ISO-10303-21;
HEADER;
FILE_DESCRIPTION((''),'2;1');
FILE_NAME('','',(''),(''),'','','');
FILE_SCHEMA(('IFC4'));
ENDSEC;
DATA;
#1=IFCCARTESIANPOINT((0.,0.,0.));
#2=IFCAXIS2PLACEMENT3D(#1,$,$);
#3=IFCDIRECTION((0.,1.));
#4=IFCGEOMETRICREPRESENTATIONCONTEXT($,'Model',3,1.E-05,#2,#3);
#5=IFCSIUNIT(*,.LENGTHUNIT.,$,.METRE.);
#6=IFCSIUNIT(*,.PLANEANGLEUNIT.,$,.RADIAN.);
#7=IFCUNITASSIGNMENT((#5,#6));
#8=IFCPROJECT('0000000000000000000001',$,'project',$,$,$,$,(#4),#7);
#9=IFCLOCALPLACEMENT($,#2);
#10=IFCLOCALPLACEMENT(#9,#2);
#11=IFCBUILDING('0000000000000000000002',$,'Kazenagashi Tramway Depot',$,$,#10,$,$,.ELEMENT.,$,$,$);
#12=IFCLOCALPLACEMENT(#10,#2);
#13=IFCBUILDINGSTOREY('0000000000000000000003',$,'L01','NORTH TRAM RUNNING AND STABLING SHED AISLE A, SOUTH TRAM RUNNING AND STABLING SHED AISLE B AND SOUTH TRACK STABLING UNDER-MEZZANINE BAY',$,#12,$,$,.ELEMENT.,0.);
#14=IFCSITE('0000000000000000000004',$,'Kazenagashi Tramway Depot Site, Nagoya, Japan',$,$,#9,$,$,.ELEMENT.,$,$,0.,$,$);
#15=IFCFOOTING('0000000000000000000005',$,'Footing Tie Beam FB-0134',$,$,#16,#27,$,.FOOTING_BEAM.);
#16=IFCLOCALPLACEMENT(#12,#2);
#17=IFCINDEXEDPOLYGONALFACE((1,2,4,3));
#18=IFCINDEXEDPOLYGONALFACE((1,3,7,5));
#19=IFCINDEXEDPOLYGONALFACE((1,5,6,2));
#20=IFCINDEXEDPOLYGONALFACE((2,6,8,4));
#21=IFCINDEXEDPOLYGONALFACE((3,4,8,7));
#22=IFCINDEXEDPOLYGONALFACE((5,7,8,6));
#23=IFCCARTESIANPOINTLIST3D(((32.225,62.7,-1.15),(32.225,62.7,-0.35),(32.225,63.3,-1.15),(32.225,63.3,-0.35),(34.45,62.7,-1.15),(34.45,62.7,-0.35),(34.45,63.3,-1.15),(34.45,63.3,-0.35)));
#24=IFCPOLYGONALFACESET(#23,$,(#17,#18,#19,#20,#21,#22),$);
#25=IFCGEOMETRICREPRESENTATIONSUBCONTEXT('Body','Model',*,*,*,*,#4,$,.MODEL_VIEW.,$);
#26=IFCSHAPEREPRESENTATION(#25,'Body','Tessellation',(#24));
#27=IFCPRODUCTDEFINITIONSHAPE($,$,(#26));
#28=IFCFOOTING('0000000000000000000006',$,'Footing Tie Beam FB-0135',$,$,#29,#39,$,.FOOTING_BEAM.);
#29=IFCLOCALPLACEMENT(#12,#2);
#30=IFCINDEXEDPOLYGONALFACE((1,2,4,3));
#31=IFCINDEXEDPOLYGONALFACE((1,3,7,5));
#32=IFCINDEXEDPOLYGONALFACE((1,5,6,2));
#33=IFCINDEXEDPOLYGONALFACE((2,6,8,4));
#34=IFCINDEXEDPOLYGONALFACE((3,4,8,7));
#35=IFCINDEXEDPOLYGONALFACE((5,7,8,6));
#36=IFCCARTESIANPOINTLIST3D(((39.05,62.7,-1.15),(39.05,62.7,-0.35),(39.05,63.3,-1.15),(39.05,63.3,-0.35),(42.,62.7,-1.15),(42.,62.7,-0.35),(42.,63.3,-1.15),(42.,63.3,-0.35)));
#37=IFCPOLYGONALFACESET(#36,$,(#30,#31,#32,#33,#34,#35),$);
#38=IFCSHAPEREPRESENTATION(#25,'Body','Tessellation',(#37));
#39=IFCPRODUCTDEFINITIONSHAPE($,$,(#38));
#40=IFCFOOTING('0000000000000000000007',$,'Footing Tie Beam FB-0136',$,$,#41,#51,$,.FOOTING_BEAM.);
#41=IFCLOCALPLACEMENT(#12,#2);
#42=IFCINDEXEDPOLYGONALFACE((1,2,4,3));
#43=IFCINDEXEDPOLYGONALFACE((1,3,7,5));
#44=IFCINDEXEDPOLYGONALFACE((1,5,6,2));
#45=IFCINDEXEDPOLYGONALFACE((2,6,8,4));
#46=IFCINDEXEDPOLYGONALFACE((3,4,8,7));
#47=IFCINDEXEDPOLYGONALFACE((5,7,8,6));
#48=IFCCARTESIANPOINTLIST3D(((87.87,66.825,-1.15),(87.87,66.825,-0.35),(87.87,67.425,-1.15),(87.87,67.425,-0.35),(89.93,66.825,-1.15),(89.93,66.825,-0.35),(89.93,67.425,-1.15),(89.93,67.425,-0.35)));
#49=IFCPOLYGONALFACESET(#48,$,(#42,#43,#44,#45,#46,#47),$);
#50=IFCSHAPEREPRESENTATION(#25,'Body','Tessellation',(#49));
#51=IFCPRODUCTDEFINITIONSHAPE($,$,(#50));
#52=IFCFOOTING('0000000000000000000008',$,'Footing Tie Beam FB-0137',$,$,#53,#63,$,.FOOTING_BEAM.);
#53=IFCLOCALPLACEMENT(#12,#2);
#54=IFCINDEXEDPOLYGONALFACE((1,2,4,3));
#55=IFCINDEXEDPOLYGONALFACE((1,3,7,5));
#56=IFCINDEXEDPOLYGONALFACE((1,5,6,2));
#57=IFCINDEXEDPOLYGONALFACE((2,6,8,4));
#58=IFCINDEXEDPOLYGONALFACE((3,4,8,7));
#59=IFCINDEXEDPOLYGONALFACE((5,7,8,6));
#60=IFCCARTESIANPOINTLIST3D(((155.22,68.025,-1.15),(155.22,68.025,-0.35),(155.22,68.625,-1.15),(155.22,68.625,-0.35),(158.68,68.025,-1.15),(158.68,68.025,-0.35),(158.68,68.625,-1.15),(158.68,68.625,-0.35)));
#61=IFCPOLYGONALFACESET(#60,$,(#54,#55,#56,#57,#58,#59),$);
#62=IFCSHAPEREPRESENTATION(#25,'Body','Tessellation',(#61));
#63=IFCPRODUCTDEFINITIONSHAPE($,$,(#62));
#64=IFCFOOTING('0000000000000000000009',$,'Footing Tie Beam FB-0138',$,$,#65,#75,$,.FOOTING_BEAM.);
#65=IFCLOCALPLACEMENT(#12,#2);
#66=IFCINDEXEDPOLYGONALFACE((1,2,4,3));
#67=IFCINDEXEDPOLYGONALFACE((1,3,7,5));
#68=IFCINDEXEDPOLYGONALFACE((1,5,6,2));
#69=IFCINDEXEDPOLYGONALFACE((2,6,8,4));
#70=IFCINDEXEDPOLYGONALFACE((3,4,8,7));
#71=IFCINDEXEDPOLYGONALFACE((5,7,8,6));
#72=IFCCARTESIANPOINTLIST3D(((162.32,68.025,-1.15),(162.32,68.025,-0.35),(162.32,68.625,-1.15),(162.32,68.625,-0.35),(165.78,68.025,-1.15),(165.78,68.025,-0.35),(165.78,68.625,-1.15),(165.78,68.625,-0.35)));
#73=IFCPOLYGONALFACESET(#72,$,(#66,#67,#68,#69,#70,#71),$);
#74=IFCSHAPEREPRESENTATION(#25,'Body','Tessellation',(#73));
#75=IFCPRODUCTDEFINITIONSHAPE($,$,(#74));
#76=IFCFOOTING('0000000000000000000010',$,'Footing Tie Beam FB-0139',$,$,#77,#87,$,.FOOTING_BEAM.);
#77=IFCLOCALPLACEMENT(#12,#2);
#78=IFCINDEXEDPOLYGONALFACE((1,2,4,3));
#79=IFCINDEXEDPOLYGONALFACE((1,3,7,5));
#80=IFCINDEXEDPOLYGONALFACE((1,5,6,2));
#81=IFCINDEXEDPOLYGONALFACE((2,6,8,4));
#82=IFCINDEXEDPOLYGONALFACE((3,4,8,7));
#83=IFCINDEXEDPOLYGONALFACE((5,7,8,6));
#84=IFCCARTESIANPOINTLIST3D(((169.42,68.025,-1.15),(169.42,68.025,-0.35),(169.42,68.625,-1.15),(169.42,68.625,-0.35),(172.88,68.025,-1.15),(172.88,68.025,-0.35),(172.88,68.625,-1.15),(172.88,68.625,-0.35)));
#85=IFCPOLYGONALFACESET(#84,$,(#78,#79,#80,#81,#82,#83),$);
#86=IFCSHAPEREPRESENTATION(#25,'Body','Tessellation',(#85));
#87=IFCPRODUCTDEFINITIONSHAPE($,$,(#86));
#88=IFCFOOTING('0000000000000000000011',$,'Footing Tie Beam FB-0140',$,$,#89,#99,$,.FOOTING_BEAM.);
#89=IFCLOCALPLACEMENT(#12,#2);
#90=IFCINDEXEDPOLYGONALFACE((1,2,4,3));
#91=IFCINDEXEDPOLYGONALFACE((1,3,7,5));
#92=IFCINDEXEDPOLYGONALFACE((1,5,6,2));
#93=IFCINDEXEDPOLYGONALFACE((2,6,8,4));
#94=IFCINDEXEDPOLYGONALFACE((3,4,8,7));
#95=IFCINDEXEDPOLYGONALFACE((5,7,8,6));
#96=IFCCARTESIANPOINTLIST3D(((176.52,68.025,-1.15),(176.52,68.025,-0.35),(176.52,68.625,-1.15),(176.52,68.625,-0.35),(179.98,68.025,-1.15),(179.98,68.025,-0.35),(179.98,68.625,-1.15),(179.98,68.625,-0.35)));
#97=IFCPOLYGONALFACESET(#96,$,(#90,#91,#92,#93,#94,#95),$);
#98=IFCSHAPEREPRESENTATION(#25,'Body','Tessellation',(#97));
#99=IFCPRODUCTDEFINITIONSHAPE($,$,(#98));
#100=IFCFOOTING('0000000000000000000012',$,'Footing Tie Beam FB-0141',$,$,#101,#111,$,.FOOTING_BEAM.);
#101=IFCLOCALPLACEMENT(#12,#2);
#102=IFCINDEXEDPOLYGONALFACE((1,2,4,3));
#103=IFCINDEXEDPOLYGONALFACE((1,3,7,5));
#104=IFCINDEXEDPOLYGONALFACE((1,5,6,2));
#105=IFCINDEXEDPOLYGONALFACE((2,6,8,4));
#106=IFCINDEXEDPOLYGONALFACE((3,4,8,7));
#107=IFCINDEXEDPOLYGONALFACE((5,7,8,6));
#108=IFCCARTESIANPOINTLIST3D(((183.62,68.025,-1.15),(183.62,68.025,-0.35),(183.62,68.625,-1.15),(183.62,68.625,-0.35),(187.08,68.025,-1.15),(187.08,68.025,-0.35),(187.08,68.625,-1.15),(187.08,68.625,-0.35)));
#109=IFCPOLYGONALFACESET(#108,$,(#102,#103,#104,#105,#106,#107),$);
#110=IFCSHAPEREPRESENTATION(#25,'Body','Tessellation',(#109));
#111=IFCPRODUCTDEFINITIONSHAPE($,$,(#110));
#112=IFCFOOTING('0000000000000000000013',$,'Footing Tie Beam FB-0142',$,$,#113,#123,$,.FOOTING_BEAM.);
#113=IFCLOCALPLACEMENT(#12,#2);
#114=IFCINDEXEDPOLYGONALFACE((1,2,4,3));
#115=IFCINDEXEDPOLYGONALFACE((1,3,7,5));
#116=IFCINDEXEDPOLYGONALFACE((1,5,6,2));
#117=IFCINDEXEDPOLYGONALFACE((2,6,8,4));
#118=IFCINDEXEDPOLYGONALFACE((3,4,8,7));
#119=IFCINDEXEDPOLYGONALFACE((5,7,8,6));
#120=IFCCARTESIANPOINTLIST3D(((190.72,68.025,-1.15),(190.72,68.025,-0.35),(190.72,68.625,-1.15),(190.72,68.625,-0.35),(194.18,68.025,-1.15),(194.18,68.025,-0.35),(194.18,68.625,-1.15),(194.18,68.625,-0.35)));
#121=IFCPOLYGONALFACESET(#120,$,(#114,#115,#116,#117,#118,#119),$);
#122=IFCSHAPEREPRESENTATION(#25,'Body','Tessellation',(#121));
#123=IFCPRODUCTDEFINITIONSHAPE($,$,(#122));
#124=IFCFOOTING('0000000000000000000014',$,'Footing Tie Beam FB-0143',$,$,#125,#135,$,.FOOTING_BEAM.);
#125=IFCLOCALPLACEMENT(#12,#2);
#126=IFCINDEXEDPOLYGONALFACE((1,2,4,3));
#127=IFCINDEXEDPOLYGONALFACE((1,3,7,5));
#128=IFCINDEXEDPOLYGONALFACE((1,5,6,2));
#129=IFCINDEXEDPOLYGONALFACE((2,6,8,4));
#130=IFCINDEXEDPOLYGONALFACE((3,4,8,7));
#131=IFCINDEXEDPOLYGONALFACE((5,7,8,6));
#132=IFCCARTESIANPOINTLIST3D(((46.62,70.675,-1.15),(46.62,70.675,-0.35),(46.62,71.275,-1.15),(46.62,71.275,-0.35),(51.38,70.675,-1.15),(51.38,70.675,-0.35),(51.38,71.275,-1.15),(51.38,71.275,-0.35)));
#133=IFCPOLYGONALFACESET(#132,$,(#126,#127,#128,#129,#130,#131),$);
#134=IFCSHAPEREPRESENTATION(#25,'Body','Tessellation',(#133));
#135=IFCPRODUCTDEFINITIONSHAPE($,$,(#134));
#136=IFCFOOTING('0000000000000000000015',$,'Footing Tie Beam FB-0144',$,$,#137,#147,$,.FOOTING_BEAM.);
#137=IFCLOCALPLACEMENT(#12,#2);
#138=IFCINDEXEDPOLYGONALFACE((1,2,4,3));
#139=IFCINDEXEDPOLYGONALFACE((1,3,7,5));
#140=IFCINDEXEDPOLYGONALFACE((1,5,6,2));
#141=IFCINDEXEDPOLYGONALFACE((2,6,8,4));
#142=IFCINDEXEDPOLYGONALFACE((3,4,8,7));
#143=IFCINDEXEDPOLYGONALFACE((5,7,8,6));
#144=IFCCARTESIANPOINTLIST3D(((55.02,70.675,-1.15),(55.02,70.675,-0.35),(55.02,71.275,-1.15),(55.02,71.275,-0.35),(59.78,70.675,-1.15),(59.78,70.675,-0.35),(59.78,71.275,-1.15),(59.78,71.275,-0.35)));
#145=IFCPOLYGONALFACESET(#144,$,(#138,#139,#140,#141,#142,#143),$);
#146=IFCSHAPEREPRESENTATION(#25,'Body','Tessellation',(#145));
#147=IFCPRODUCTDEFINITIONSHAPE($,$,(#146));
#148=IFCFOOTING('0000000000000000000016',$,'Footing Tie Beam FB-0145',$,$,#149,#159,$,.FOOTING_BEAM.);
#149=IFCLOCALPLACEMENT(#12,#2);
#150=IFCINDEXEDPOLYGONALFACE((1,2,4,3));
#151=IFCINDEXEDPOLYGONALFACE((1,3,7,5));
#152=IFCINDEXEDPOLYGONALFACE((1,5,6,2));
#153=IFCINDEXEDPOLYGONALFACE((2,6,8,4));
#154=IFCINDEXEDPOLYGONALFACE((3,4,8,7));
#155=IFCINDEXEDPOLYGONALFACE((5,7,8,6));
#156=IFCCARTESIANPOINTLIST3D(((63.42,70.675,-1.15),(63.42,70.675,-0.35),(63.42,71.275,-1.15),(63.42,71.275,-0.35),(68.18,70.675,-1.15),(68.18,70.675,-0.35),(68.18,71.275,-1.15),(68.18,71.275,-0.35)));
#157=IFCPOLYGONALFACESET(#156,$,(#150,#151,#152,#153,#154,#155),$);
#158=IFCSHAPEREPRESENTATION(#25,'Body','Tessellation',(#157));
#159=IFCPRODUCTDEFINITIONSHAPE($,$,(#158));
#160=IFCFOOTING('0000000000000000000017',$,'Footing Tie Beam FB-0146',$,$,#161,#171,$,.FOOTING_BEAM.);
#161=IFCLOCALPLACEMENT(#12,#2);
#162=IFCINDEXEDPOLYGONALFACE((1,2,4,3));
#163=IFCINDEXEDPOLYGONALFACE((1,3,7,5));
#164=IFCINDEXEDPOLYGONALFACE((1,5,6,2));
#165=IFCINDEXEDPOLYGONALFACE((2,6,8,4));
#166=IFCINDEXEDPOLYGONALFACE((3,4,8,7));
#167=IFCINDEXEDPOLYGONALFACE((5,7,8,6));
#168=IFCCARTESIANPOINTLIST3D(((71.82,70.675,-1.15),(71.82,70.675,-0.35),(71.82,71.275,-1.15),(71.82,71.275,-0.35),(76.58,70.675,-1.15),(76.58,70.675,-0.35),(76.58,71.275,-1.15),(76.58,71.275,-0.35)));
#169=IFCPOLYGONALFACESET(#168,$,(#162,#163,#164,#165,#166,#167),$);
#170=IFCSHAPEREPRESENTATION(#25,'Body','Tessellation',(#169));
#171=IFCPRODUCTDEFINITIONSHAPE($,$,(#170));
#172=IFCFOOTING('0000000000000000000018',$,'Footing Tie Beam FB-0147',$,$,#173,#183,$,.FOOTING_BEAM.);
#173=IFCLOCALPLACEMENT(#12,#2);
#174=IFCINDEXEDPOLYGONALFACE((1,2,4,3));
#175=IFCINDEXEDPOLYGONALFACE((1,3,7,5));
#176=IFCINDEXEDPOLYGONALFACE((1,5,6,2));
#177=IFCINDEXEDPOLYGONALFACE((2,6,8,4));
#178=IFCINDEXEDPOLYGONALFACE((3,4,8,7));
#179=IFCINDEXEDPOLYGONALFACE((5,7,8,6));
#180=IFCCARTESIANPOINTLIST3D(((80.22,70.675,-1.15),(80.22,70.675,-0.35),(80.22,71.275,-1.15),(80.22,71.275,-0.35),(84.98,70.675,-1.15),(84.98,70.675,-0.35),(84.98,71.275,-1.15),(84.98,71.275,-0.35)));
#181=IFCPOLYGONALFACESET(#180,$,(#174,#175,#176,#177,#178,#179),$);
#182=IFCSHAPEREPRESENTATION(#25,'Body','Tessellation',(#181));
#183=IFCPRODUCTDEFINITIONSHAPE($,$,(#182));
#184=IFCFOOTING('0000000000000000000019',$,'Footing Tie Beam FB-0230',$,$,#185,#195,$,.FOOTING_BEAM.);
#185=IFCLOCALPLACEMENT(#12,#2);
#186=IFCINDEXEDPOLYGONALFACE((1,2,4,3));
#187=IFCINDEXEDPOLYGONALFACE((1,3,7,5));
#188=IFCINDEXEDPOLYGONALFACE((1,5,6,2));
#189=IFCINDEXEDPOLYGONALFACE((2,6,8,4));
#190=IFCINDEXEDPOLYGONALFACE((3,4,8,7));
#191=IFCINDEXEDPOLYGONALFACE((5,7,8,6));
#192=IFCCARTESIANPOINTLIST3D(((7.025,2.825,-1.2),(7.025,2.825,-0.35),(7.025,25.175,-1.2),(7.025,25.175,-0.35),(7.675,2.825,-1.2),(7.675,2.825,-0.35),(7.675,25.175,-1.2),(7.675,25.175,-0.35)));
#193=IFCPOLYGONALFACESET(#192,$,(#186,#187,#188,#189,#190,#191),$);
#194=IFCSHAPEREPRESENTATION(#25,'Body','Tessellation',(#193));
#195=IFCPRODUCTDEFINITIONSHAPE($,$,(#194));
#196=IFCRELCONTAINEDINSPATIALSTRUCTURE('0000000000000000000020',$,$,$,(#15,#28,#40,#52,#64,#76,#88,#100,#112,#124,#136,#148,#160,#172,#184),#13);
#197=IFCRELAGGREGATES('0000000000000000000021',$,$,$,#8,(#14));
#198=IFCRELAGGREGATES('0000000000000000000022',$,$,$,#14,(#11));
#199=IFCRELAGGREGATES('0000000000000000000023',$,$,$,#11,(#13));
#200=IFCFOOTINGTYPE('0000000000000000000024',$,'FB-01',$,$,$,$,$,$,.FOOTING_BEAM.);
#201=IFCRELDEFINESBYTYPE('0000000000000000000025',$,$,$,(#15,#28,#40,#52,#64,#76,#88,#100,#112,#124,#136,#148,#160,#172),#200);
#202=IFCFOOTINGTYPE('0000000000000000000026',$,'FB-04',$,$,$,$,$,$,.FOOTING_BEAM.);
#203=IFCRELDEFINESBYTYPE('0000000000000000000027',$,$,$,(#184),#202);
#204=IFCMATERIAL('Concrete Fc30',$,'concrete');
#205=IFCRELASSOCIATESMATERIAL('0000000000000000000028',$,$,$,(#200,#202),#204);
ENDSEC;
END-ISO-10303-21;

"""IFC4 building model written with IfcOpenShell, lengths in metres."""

from ifc_helpers import new_model, si_unit, direction, frame, origin, place, context, subcontext, project, spatial, polyline, outline, extrude, material, type_object, element, save


model = new_model("IFC4")

# Units and contexts
model_context = context("Model", 3, precision=1e-05, world=origin(), true_north=direction((0.0, 1.0)))
body_context = subcontext(model_context, "Body", "Model", "MODEL_VIEW")
ifc_project = project(units=[si_unit("LENGTHUNIT", "METRE"), si_unit("PLANEANGLEUNIT", "RADIAN")], contexts=[model_context])

# Site, building, storey
site_placement = place(None, origin())
site = spatial("IfcSite", under=ifc_project, at=site_placement, Name="Kazenagashi Tramway Depot Site, Nagoya, Japan", CompositionType="ELEMENT", RefElevation=0.0)
building_placement = place(site_placement, origin())
building = spatial("IfcBuilding", under=site, at=building_placement, Name="Kazenagashi Tramway Depot", CompositionType="ELEMENT")
storey_placement = place(building_placement, origin())
storey = spatial("IfcBuildingStorey", under=building, at=storey_placement, Name="L01", Description="NORTH TRAM RUNNING AND STABLING SHED AISLE A, SOUTH TRAM RUNNING AND STABLING SHED AISLE B AND SOUTH TRACK STABLING UNDER-MEZZANINE BAY", CompositionType="ELEMENT", Elevation=0.0)

# Footings
ifc_material = material(Name="Concrete Fc30", Category="concrete")
footing_type_1 = type_object("IfcFootingType", Name="FB-01", PredefinedType="FOOTING_BEAM", material=ifc_material)
footing_1_placement = place(storey_placement, frame((0.0, 0.0, -1.15)))
element("IfcFooting", 1, at=footing_1_placement, inside=storey, type_object=footing_type_1, Name="Footing Tie Beam FB-0134", PredefinedType="FOOTING_BEAM", context=body_context, shape_type="SweptSolid", body=[
    extrude(outline(polyline([(32.225, 62.7), (34.45, 62.7), (34.45, 63.3), (32.225, 63.3), (32.225, 62.7)])), origin(), (0.0, 0.0, 1.0), 0.8),
])
footing_2_placement = place(storey_placement, frame((0.0, 0.0, -1.15)))
element("IfcFooting", 2, at=footing_2_placement, inside=storey, type_object=footing_type_1, Name="Footing Tie Beam FB-0135", PredefinedType="FOOTING_BEAM", context=body_context, shape_type="SweptSolid", body=[
    extrude(outline(polyline([(39.05, 62.7), (42.0, 62.7), (42.0, 63.3), (39.05, 63.3), (39.05, 62.7)])), origin(), (0.0, 0.0, 1.0), 0.8),
])
footing_3_placement = place(storey_placement, frame((0.0, 0.0, -1.15)))
element("IfcFooting", 3, at=footing_3_placement, inside=storey, type_object=footing_type_1, Name="Footing Tie Beam FB-0136", PredefinedType="FOOTING_BEAM", context=body_context, shape_type="SweptSolid", body=[
    extrude(outline(polyline([(87.87, 66.825), (89.93, 66.825), (89.93, 67.425), (87.87, 67.425), (87.87, 66.825)])), origin(), (0.0, 0.0, 1.0), 0.8),
])
footing_4_placement = place(storey_placement, frame((0.0, 0.0, -1.15)))
element("IfcFooting", 4, at=footing_4_placement, inside=storey, type_object=footing_type_1, Name="Footing Tie Beam FB-0137", PredefinedType="FOOTING_BEAM", context=body_context, shape_type="SweptSolid", body=[
    extrude(outline(polyline([(155.22, 68.025), (158.68, 68.025), (158.68, 68.625), (155.22, 68.625), (155.22, 68.025)])), origin(), (0.0, 0.0, 1.0), 0.8),
])
footing_5_placement = place(storey_placement, frame((0.0, 0.0, -1.15)))
element("IfcFooting", 5, at=footing_5_placement, inside=storey, type_object=footing_type_1, Name="Footing Tie Beam FB-0138", PredefinedType="FOOTING_BEAM", context=body_context, shape_type="SweptSolid", body=[
    extrude(outline(polyline([(162.32, 68.025), (165.78, 68.025), (165.78, 68.625), (162.32, 68.625), (162.32, 68.025)])), origin(), (0.0, 0.0, 1.0), 0.8),
])
footing_6_placement = place(storey_placement, frame((0.0, 0.0, -1.15)))
element("IfcFooting", 6, at=footing_6_placement, inside=storey, type_object=footing_type_1, Name="Footing Tie Beam FB-0139", PredefinedType="FOOTING_BEAM", context=body_context, shape_type="SweptSolid", body=[
    extrude(outline(polyline([(169.42, 68.025), (172.88, 68.025), (172.88, 68.625), (169.42, 68.625), (169.42, 68.025)])), origin(), (0.0, 0.0, 1.0), 0.8),
])
footing_7_placement = place(storey_placement, frame((0.0, 0.0, -1.15)))
element("IfcFooting", 7, at=footing_7_placement, inside=storey, type_object=footing_type_1, Name="Footing Tie Beam FB-0140", PredefinedType="FOOTING_BEAM", context=body_context, shape_type="SweptSolid", body=[
    extrude(outline(polyline([(176.52, 68.025), (179.98, 68.025), (179.98, 68.625), (176.52, 68.625), (176.52, 68.025)])), origin(), (0.0, 0.0, 1.0), 0.8),
])
footing_8_placement = place(storey_placement, frame((0.0, 0.0, -1.15)))
element("IfcFooting", 8, at=footing_8_placement, inside=storey, type_object=footing_type_1, Name="Footing Tie Beam FB-0141", PredefinedType="FOOTING_BEAM", context=body_context, shape_type="SweptSolid", body=[
    extrude(outline(polyline([(183.62, 68.025), (187.08, 68.025), (187.08, 68.625), (183.62, 68.625), (183.62, 68.025)])), origin(), (0.0, 0.0, 1.0), 0.8),
])
footing_9_placement = place(storey_placement, frame((0.0, 0.0, -1.15)))
element("IfcFooting", 9, at=footing_9_placement, inside=storey, type_object=footing_type_1, Name="Footing Tie Beam FB-0142", PredefinedType="FOOTING_BEAM", context=body_context, shape_type="SweptSolid", body=[
    extrude(outline(polyline([(190.72, 68.025), (194.18, 68.025), (194.18, 68.625), (190.72, 68.625), (190.72, 68.025)])), origin(), (0.0, 0.0, 1.0), 0.8),
])
footing_10_placement = place(storey_placement, frame((0.0, 0.0, -1.15)))
element("IfcFooting", 10, at=footing_10_placement, inside=storey, type_object=footing_type_1, Name="Footing Tie Beam FB-0143", PredefinedType="FOOTING_BEAM", context=body_context, shape_type="SweptSolid", body=[
    extrude(outline(polyline([(46.62, 70.675), (51.38, 70.675), (51.38, 71.275), (46.62, 71.275), (46.62, 70.675)])), origin(), (0.0, 0.0, 1.0), 0.8),
])
footing_11_placement = place(storey_placement, frame((0.0, 0.0, -1.15)))
element("IfcFooting", 11, at=footing_11_placement, inside=storey, type_object=footing_type_1, Name="Footing Tie Beam FB-0144", PredefinedType="FOOTING_BEAM", context=body_context, shape_type="SweptSolid", body=[
    extrude(outline(polyline([(55.02, 70.675), (59.78, 70.675), (59.78, 71.275), (55.02, 71.275), (55.02, 70.675)])), origin(), (0.0, 0.0, 1.0), 0.8),
])
footing_12_placement = place(storey_placement, frame((0.0, 0.0, -1.15)))
element("IfcFooting", 12, at=footing_12_placement, inside=storey, type_object=footing_type_1, Name="Footing Tie Beam FB-0145", PredefinedType="FOOTING_BEAM", context=body_context, shape_type="SweptSolid", body=[
    extrude(outline(polyline([(63.42, 70.675), (68.18, 70.675), (68.18, 71.275), (63.42, 71.275), (63.42, 70.675)])), origin(), (0.0, 0.0, 1.0), 0.8),
])
footing_13_placement = place(storey_placement, frame((0.0, 0.0, -1.15)))
element("IfcFooting", 13, at=footing_13_placement, inside=storey, type_object=footing_type_1, Name="Footing Tie Beam FB-0146", PredefinedType="FOOTING_BEAM", context=body_context, shape_type="SweptSolid", body=[
    extrude(outline(polyline([(71.82, 70.675), (76.58, 70.675), (76.58, 71.275), (71.82, 71.275), (71.82, 70.675)])), origin(), (0.0, 0.0, 1.0), 0.8),
])
footing_14_placement = place(storey_placement, frame((0.0, 0.0, -1.15)))
element("IfcFooting", 14, at=footing_14_placement, inside=storey, type_object=footing_type_1, Name="Footing Tie Beam FB-0147", PredefinedType="FOOTING_BEAM", context=body_context, shape_type="SweptSolid", body=[
    extrude(outline(polyline([(80.22, 70.675), (84.98, 70.675), (84.98, 71.275), (80.22, 71.275), (80.22, 70.675)])), origin(), (0.0, 0.0, 1.0), 0.8),
])
footing_type_2 = type_object("IfcFootingType", Name="FB-04", PredefinedType="FOOTING_BEAM", material=ifc_material)
footing_15_placement = place(storey_placement, frame((0.0, 0.0, -1.2)))
element("IfcFooting", 15, at=footing_15_placement, inside=storey, type_object=footing_type_2, Name="Footing Tie Beam FB-0230", PredefinedType="FOOTING_BEAM", context=body_context, shape_type="SweptSolid", body=[
    extrude(outline(polyline([(7.025, 2.825), (7.675, 2.825), (7.675, 25.175), (7.025, 25.175), (7.025, 2.825)])), origin(), (0.0, 0.0, 1.0), 0.85),
])

save(model, "model.ifc")
